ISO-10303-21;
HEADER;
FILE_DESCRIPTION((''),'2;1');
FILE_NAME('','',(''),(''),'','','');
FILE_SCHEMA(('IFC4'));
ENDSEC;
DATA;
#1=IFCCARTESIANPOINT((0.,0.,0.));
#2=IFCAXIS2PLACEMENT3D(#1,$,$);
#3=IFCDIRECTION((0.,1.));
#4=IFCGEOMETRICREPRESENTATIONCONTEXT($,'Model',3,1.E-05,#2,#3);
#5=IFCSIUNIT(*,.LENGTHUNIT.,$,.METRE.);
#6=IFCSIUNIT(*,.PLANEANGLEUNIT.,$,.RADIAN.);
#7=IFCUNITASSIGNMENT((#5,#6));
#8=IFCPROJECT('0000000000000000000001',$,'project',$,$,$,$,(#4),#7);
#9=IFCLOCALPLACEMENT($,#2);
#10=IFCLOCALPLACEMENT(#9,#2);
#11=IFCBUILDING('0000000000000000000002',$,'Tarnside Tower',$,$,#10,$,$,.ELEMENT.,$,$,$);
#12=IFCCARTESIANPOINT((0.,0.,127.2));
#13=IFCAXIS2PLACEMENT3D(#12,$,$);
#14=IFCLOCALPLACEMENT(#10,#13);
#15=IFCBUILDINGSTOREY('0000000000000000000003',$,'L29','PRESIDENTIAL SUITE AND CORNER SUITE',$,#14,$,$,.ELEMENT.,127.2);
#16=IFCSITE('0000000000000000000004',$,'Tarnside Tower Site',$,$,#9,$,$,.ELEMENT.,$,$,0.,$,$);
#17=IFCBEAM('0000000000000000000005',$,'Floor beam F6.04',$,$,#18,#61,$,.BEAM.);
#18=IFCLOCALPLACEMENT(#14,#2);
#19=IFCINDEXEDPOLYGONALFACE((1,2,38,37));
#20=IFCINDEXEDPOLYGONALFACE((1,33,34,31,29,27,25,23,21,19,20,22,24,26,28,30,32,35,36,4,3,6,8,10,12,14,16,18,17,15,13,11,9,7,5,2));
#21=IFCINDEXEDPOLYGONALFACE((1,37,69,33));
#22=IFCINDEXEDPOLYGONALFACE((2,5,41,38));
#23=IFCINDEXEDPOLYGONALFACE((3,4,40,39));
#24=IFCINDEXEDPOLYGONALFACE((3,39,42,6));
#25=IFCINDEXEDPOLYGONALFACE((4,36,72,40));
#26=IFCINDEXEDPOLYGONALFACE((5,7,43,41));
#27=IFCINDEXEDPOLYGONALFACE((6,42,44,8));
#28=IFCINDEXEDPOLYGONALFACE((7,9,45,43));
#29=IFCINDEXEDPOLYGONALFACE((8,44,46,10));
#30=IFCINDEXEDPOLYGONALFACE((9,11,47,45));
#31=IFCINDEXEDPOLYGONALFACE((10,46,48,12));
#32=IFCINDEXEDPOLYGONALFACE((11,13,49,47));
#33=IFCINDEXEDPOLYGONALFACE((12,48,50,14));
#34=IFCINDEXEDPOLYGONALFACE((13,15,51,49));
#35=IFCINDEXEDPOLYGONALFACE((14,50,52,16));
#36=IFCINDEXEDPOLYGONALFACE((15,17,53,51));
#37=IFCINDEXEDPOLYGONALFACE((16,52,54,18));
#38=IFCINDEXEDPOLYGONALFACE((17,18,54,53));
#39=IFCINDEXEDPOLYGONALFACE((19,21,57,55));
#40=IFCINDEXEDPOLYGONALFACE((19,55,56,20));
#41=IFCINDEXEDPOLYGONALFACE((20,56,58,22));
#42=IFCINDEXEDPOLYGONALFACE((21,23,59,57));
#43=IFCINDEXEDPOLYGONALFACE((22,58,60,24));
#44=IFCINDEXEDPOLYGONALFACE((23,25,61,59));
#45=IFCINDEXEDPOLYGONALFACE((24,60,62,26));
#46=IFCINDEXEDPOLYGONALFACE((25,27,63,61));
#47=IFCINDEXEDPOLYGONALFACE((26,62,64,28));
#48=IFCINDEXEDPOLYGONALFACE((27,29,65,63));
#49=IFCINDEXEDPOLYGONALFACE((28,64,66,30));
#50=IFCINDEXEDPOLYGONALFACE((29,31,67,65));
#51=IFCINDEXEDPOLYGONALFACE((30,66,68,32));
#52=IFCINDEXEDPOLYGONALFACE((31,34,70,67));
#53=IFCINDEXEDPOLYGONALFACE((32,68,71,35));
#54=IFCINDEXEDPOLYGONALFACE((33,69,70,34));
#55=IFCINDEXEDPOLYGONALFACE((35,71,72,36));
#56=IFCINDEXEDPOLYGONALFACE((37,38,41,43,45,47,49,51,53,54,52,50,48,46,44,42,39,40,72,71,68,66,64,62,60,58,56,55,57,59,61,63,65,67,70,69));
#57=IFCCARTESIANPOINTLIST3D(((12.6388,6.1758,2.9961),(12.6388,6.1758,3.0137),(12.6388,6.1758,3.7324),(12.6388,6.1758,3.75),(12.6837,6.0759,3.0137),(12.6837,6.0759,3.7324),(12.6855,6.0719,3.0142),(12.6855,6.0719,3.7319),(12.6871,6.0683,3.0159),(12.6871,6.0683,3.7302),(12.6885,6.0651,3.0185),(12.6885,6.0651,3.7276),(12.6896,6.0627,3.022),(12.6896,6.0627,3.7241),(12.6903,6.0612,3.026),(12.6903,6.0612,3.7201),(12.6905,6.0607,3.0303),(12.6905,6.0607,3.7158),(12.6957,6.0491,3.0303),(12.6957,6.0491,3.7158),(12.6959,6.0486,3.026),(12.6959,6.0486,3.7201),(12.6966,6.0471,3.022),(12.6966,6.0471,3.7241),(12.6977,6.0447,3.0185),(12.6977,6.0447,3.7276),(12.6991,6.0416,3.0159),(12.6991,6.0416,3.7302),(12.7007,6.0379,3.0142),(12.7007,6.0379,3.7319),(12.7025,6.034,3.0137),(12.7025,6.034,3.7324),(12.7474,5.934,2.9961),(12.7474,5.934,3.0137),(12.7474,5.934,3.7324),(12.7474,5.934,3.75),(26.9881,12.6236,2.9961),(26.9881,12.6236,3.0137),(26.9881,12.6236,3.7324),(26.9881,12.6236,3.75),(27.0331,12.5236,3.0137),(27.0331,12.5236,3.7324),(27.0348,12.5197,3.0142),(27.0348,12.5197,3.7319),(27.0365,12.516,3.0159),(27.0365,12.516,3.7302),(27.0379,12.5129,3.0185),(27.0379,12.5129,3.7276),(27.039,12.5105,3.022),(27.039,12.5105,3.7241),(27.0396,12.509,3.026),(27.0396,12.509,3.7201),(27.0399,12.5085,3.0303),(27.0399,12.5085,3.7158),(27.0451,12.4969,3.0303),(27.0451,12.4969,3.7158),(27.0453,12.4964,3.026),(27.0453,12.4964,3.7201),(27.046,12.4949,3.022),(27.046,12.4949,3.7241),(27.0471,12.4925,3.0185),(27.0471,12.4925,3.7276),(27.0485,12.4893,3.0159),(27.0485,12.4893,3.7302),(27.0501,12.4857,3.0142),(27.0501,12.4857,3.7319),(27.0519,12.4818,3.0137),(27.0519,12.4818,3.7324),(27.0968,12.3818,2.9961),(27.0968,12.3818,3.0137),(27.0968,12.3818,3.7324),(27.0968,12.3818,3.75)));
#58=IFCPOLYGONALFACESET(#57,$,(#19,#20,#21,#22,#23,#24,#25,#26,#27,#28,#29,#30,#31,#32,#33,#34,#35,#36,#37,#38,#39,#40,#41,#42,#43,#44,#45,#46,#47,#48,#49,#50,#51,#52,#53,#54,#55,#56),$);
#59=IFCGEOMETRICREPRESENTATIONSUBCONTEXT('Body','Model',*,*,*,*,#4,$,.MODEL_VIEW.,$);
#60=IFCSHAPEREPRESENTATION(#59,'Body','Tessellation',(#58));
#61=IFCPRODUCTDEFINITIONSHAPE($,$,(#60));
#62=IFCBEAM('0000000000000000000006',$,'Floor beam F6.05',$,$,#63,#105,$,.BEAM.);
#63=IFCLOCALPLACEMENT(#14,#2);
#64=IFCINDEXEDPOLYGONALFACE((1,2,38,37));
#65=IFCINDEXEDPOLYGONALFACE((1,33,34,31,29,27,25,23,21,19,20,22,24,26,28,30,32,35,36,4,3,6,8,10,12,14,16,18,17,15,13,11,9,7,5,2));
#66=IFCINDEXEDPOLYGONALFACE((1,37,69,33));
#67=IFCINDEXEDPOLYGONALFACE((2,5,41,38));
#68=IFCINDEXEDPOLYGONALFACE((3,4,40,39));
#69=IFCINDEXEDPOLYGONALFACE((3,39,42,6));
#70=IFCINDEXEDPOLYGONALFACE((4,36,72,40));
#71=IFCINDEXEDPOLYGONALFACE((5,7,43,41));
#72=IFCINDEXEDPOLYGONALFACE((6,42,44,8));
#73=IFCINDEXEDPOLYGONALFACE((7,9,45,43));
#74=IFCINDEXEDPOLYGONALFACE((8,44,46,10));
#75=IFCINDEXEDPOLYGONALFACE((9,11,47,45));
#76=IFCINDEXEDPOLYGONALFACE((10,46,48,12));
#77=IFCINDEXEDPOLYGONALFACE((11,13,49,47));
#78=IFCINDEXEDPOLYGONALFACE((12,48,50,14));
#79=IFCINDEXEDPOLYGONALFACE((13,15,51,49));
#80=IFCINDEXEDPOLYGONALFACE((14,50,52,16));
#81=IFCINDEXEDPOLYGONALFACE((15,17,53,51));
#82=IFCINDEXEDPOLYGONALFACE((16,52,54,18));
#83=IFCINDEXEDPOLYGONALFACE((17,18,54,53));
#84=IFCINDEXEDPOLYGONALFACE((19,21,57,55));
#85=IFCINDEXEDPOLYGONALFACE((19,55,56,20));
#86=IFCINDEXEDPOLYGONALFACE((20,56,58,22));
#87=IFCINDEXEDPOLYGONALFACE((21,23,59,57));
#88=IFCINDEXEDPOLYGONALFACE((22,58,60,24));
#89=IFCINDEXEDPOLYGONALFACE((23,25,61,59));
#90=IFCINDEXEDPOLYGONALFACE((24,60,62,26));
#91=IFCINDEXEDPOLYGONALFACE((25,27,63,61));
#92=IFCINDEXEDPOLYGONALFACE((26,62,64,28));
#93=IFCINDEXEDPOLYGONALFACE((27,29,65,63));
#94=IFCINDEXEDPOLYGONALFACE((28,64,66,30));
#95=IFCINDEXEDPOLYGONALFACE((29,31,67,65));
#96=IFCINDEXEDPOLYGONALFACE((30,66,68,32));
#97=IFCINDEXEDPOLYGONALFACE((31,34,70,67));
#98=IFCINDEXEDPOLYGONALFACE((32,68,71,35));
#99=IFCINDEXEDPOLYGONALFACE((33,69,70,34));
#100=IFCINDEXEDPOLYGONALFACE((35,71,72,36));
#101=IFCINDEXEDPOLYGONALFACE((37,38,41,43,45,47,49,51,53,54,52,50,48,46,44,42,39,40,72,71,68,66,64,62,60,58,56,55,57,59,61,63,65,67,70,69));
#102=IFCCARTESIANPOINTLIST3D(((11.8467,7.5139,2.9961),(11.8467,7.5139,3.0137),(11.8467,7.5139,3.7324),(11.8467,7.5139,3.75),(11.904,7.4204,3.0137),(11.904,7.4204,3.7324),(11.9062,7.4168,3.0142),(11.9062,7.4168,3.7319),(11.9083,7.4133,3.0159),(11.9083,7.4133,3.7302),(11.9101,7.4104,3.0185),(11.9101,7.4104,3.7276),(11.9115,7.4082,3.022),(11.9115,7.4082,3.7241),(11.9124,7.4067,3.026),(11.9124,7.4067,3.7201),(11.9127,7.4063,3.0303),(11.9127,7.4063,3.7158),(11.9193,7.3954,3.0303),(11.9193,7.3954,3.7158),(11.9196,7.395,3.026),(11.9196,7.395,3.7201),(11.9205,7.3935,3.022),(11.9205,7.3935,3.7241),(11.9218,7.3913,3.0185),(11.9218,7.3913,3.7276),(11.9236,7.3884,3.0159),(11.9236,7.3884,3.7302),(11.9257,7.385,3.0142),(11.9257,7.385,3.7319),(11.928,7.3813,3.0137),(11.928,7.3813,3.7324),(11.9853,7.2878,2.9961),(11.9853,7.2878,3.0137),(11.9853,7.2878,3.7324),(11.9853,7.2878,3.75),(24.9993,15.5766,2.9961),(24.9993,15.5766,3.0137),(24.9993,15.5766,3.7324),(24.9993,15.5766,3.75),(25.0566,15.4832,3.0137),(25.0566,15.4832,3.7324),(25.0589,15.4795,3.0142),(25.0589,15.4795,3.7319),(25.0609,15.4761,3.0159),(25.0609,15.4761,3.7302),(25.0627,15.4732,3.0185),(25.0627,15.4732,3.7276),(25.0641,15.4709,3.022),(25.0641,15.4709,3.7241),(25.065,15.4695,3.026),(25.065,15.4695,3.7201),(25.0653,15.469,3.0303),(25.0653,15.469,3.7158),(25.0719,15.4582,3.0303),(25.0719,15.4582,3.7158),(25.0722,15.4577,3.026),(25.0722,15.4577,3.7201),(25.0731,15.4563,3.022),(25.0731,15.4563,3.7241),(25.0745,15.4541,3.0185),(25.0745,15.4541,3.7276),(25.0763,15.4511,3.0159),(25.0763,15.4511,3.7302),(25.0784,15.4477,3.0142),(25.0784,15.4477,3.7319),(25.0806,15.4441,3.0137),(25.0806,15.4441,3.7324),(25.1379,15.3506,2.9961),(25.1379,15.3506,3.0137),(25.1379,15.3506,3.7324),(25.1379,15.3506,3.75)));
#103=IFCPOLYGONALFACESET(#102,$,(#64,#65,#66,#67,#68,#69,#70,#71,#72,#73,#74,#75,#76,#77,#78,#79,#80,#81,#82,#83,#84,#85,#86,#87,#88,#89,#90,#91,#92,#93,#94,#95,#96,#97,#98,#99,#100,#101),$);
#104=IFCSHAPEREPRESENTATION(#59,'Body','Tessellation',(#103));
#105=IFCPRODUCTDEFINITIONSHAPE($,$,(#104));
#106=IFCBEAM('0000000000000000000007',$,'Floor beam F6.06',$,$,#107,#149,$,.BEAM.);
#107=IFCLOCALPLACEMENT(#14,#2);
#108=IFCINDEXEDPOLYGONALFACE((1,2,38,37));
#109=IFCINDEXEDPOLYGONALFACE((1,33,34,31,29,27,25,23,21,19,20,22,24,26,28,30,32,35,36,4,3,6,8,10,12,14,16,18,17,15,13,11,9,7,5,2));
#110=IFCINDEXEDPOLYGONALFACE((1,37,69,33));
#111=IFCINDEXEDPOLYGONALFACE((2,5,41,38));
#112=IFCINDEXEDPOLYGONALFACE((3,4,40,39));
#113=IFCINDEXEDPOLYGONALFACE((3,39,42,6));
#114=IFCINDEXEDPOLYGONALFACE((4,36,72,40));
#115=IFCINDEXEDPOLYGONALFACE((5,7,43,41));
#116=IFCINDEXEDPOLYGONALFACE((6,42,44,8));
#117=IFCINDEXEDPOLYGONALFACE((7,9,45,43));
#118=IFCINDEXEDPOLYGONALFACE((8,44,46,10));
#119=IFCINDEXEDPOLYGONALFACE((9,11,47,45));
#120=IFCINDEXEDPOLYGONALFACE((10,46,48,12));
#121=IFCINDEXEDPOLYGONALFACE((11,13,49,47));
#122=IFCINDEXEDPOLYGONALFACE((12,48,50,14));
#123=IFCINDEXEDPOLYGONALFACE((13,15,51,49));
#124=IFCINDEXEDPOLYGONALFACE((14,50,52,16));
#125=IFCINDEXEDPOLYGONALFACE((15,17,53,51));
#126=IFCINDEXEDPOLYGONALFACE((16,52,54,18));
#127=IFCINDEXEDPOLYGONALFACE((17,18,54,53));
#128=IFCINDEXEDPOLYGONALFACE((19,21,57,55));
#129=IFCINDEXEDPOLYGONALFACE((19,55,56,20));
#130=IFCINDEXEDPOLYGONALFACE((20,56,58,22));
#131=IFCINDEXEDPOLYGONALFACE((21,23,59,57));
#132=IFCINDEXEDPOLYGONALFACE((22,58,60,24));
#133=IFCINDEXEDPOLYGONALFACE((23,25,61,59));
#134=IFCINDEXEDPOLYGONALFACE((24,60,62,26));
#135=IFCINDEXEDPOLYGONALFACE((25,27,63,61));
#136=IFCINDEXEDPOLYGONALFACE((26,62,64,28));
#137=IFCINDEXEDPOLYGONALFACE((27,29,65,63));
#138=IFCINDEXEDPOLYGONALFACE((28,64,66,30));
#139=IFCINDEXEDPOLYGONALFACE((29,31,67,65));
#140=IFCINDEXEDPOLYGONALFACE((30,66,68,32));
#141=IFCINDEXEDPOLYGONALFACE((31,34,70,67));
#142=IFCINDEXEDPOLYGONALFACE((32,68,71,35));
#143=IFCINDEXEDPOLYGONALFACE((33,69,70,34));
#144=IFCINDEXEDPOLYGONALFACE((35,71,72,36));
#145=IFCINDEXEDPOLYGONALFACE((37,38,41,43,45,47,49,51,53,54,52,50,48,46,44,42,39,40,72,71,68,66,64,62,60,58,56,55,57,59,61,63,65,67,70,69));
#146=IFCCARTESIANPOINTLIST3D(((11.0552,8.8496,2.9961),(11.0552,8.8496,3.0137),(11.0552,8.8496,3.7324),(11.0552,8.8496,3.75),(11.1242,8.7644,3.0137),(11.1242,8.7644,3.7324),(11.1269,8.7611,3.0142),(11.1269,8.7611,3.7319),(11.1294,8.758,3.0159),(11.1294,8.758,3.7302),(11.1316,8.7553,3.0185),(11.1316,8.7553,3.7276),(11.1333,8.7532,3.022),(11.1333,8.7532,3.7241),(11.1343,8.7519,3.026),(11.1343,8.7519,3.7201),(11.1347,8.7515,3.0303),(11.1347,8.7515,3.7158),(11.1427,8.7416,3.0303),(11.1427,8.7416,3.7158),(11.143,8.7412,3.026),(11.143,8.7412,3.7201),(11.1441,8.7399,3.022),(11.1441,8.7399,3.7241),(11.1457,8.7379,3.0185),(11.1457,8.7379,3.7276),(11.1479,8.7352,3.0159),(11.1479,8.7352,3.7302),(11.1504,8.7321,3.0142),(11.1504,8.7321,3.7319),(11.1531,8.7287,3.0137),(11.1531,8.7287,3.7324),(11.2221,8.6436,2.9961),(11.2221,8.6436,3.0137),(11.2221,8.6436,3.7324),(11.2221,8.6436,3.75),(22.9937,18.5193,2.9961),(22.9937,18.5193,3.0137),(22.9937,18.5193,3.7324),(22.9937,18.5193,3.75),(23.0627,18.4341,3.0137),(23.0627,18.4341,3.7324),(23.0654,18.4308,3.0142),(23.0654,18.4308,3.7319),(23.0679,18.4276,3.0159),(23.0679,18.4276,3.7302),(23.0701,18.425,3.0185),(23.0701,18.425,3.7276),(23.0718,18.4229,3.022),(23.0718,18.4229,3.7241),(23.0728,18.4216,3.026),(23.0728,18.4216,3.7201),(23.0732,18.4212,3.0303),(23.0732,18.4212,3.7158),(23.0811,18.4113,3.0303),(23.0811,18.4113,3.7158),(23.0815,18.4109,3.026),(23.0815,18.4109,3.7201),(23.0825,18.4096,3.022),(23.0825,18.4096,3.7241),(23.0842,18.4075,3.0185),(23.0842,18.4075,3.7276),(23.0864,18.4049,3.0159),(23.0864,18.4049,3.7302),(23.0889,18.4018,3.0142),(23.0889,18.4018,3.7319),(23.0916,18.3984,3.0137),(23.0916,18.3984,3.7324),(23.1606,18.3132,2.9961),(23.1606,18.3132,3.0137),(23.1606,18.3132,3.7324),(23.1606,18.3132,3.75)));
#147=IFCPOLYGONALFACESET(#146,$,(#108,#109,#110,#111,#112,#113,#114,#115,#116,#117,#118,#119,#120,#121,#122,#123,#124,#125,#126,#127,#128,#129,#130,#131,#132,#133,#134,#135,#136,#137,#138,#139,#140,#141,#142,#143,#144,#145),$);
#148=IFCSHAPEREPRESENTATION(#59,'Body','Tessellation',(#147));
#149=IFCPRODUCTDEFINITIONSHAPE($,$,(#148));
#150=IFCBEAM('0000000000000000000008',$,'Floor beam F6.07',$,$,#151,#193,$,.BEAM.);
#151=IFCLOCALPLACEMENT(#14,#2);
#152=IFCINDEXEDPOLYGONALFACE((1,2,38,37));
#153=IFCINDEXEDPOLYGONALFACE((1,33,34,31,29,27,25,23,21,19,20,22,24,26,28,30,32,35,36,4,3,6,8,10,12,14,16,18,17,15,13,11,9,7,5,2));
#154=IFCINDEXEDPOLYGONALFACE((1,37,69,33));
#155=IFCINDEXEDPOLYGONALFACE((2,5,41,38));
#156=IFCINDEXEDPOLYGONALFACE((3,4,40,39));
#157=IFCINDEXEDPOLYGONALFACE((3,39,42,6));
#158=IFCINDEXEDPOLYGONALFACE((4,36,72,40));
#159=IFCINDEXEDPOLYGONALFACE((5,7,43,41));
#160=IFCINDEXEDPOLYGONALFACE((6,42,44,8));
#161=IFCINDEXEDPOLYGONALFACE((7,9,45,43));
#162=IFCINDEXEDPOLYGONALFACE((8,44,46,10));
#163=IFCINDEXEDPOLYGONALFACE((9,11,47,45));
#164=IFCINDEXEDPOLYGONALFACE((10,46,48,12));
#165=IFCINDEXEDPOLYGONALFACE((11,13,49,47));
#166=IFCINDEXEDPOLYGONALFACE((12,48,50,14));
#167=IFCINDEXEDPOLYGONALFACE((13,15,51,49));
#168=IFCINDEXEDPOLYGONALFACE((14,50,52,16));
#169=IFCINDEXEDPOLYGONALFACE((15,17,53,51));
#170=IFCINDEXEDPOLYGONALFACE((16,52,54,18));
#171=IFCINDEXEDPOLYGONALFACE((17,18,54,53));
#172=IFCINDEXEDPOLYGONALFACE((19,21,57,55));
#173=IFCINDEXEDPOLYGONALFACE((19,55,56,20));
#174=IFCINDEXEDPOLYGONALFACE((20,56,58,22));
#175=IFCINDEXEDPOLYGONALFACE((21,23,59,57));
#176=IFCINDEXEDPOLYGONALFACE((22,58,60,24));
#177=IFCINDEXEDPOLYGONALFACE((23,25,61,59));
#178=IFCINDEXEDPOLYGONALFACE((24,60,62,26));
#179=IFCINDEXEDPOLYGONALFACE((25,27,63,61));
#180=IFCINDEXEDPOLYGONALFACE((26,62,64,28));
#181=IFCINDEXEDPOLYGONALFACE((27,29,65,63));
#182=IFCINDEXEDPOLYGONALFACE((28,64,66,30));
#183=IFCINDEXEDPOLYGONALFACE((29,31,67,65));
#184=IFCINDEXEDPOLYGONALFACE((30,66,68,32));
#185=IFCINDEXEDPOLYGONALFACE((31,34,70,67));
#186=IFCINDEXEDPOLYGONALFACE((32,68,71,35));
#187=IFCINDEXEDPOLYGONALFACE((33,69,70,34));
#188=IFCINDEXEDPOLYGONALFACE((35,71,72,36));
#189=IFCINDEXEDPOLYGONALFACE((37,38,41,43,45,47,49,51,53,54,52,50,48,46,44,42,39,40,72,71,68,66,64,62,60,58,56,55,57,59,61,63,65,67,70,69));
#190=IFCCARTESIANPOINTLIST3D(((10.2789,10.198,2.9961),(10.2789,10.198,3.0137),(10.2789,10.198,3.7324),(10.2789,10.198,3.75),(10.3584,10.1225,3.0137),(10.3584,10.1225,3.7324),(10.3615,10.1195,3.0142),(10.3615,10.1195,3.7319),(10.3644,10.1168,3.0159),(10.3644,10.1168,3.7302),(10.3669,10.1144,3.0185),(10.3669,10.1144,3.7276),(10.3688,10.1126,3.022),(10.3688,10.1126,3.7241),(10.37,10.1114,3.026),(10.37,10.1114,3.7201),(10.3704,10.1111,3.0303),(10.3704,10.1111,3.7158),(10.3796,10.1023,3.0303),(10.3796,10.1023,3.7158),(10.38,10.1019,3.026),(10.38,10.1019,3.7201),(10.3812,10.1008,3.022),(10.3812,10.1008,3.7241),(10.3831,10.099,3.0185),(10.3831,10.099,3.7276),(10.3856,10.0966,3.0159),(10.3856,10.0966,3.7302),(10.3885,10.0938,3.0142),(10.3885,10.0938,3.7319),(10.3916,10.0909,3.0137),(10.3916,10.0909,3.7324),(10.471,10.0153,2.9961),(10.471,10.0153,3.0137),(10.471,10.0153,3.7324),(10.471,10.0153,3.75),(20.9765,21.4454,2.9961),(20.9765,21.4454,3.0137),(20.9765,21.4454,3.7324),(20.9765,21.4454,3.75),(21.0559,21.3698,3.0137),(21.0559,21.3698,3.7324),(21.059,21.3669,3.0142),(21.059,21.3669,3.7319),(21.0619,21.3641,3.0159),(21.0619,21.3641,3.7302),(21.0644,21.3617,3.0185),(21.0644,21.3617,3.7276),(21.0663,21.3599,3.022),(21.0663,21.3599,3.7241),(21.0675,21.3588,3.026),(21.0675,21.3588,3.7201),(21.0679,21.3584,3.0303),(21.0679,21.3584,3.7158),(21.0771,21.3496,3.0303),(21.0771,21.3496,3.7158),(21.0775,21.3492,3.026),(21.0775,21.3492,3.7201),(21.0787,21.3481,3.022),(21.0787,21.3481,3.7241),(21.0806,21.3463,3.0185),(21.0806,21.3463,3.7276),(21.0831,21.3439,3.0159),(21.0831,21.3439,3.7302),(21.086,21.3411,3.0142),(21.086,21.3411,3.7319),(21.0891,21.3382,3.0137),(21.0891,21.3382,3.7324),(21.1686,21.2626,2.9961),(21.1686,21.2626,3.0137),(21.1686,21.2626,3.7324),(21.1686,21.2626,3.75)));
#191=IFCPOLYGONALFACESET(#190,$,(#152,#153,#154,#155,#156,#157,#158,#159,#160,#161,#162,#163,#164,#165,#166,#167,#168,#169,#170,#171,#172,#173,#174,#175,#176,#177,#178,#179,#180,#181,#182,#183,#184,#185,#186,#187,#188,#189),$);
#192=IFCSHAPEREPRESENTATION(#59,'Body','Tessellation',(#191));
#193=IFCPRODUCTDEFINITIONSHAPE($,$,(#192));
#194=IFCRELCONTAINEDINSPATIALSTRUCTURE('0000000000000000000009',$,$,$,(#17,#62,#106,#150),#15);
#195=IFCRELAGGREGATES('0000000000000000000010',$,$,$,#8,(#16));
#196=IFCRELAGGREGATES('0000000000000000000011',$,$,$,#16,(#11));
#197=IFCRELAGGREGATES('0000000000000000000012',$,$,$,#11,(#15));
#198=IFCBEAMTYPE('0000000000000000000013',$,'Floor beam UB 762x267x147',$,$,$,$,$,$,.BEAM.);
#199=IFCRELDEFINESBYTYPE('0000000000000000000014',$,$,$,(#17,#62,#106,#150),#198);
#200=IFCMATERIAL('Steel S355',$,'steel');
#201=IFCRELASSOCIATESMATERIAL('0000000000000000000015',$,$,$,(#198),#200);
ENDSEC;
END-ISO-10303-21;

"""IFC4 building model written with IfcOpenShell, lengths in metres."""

from ifc_helpers import new_model, si_unit, direction, frame, origin, origin_2d, place, context, subcontext, project, spatial, i_section, extrude, material, material_profile, profile_set, type_object, element, save


model = new_model("IFC4")

# Units and contexts
model_context = context("Model", 3, precision=1e-05, world=origin(), true_north=direction((0.0, 1.0)))
body_context = subcontext(model_context, "Body", "Model", "MODEL_VIEW")
ifc_project = project(units=[si_unit("LENGTHUNIT", "METRE"), si_unit("PLANEANGLEUNIT", "RADIAN")], contexts=[model_context])

# Site, building, storey
site_placement = place(None, origin())
site = spatial("IfcSite", under=ifc_project, at=site_placement, Name="Tarnside Tower Site", CompositionType="ELEMENT", RefElevation=0.0)
building_placement = place(site_placement, origin())
building = spatial("IfcBuilding", under=site, at=building_placement, Name="Tarnside Tower", CompositionType="ELEMENT")
storey_placement = place(building_placement, frame((0.0, 0.0, 127.2)))
storey = spatial("IfcBuildingStorey", under=building, at=storey_placement, Name="L29", Description="PRESIDENTIAL SUITE AND CORNER SUITE", CompositionType="ELEMENT", Elevation=127.2)

# Beams
ifc_material_1 = material(Name="Steel S355", Category="steel")
ifc_material_profile_1 = material_profile(ifc_material_1, i_section(OverallWidth=0.2651, OverallDepth=0.7539, WebThickness=0.0127, FlangeThickness=0.0176, FilletRadius=0.0166, at=origin_2d()), Name="UB 762x267x147")
ifc_profile_set_1 = profile_set([ifc_material_profile_1], Name="Steel S355")
beam_type_1 = type_object("IfcBeamType", Name="Floor beam UB 762x267x147", PredefinedType="BEAM", material=ifc_profile_set_1)
beam_1_placement = place(storey_placement, frame((27.0425, 12.5027, 3.373), z_axis=(-0.912146, -0.409865, 0.0), x_axis=(0.409865, -0.912146, 0.0)))
element("IfcBeam", 1, at=beam_1_placement, inside=storey, type_object=beam_type_1, Name="Floor beam F6.04", PredefinedType="BEAM", context=body_context, shape_type="SweptSolid", body=[
    extrude(i_section(OverallWidth=0.2651, OverallDepth=0.7539, WebThickness=0.0127, FlangeThickness=0.0176, FilletRadius=0.0166, at=origin_2d()), origin(), (0.0, 0.0, 1.0), 15.7314),
])
beam_2_placement = place(storey_placement, frame((25.0686, 15.4636, 3.373), z_axis=(-0.852558, -0.522632, 0.0), x_axis=(0.522632, -0.852558, 0.0)))
element("IfcBeam", 2, at=beam_2_placement, inside=storey, type_object=beam_type_1, Name="Floor beam F6.05", PredefinedType="BEAM", context=body_context, shape_type="SweptSolid", body=[
    extrude(i_section(OverallWidth=0.2651, OverallDepth=0.7539, WebThickness=0.0127, FlangeThickness=0.0176, FilletRadius=0.0166, at=origin_2d()), origin(), (0.0, 0.0, 1.0), 15.4272),
])
beam_3_placement = place(storey_placement, frame((23.0771, 18.4163, 3.373), z_axis=(-0.777079, -0.629403, 0.0), x_axis=(0.629403, -0.777079, 0.0)))
element("IfcBeam", 3, at=beam_3_placement, inside=storey, type_object=beam_type_1, Name="Floor beam F6.06", PredefinedType="BEAM", context=body_context, shape_type="SweptSolid", body=[
    extrude(i_section(OverallWidth=0.2651, OverallDepth=0.7539, WebThickness=0.0127, FlangeThickness=0.0176, FilletRadius=0.0166, at=origin_2d()), origin(), (0.0, 0.0, 1.0), 15.3633),
])
beam_4_placement = place(storey_placement, frame((21.0725, 21.354, 3.373), z_axis=(-0.689175, -0.724595, 0.0), x_axis=(0.724595, -0.689175, 0.0)))
element("IfcBeam", 4, at=beam_4_placement, inside=storey, type_object=beam_type_1, Name="Floor beam F6.07", PredefinedType="BEAM", context=body_context, shape_type="SweptSolid", body=[
    extrude(i_section(OverallWidth=0.2651, OverallDepth=0.7539, WebThickness=0.0127, FlangeThickness=0.0176, FilletRadius=0.0166, at=origin_2d()), origin(), (0.0, 0.0, 1.0), 15.5222),
])

save(model, "model.ifc")
